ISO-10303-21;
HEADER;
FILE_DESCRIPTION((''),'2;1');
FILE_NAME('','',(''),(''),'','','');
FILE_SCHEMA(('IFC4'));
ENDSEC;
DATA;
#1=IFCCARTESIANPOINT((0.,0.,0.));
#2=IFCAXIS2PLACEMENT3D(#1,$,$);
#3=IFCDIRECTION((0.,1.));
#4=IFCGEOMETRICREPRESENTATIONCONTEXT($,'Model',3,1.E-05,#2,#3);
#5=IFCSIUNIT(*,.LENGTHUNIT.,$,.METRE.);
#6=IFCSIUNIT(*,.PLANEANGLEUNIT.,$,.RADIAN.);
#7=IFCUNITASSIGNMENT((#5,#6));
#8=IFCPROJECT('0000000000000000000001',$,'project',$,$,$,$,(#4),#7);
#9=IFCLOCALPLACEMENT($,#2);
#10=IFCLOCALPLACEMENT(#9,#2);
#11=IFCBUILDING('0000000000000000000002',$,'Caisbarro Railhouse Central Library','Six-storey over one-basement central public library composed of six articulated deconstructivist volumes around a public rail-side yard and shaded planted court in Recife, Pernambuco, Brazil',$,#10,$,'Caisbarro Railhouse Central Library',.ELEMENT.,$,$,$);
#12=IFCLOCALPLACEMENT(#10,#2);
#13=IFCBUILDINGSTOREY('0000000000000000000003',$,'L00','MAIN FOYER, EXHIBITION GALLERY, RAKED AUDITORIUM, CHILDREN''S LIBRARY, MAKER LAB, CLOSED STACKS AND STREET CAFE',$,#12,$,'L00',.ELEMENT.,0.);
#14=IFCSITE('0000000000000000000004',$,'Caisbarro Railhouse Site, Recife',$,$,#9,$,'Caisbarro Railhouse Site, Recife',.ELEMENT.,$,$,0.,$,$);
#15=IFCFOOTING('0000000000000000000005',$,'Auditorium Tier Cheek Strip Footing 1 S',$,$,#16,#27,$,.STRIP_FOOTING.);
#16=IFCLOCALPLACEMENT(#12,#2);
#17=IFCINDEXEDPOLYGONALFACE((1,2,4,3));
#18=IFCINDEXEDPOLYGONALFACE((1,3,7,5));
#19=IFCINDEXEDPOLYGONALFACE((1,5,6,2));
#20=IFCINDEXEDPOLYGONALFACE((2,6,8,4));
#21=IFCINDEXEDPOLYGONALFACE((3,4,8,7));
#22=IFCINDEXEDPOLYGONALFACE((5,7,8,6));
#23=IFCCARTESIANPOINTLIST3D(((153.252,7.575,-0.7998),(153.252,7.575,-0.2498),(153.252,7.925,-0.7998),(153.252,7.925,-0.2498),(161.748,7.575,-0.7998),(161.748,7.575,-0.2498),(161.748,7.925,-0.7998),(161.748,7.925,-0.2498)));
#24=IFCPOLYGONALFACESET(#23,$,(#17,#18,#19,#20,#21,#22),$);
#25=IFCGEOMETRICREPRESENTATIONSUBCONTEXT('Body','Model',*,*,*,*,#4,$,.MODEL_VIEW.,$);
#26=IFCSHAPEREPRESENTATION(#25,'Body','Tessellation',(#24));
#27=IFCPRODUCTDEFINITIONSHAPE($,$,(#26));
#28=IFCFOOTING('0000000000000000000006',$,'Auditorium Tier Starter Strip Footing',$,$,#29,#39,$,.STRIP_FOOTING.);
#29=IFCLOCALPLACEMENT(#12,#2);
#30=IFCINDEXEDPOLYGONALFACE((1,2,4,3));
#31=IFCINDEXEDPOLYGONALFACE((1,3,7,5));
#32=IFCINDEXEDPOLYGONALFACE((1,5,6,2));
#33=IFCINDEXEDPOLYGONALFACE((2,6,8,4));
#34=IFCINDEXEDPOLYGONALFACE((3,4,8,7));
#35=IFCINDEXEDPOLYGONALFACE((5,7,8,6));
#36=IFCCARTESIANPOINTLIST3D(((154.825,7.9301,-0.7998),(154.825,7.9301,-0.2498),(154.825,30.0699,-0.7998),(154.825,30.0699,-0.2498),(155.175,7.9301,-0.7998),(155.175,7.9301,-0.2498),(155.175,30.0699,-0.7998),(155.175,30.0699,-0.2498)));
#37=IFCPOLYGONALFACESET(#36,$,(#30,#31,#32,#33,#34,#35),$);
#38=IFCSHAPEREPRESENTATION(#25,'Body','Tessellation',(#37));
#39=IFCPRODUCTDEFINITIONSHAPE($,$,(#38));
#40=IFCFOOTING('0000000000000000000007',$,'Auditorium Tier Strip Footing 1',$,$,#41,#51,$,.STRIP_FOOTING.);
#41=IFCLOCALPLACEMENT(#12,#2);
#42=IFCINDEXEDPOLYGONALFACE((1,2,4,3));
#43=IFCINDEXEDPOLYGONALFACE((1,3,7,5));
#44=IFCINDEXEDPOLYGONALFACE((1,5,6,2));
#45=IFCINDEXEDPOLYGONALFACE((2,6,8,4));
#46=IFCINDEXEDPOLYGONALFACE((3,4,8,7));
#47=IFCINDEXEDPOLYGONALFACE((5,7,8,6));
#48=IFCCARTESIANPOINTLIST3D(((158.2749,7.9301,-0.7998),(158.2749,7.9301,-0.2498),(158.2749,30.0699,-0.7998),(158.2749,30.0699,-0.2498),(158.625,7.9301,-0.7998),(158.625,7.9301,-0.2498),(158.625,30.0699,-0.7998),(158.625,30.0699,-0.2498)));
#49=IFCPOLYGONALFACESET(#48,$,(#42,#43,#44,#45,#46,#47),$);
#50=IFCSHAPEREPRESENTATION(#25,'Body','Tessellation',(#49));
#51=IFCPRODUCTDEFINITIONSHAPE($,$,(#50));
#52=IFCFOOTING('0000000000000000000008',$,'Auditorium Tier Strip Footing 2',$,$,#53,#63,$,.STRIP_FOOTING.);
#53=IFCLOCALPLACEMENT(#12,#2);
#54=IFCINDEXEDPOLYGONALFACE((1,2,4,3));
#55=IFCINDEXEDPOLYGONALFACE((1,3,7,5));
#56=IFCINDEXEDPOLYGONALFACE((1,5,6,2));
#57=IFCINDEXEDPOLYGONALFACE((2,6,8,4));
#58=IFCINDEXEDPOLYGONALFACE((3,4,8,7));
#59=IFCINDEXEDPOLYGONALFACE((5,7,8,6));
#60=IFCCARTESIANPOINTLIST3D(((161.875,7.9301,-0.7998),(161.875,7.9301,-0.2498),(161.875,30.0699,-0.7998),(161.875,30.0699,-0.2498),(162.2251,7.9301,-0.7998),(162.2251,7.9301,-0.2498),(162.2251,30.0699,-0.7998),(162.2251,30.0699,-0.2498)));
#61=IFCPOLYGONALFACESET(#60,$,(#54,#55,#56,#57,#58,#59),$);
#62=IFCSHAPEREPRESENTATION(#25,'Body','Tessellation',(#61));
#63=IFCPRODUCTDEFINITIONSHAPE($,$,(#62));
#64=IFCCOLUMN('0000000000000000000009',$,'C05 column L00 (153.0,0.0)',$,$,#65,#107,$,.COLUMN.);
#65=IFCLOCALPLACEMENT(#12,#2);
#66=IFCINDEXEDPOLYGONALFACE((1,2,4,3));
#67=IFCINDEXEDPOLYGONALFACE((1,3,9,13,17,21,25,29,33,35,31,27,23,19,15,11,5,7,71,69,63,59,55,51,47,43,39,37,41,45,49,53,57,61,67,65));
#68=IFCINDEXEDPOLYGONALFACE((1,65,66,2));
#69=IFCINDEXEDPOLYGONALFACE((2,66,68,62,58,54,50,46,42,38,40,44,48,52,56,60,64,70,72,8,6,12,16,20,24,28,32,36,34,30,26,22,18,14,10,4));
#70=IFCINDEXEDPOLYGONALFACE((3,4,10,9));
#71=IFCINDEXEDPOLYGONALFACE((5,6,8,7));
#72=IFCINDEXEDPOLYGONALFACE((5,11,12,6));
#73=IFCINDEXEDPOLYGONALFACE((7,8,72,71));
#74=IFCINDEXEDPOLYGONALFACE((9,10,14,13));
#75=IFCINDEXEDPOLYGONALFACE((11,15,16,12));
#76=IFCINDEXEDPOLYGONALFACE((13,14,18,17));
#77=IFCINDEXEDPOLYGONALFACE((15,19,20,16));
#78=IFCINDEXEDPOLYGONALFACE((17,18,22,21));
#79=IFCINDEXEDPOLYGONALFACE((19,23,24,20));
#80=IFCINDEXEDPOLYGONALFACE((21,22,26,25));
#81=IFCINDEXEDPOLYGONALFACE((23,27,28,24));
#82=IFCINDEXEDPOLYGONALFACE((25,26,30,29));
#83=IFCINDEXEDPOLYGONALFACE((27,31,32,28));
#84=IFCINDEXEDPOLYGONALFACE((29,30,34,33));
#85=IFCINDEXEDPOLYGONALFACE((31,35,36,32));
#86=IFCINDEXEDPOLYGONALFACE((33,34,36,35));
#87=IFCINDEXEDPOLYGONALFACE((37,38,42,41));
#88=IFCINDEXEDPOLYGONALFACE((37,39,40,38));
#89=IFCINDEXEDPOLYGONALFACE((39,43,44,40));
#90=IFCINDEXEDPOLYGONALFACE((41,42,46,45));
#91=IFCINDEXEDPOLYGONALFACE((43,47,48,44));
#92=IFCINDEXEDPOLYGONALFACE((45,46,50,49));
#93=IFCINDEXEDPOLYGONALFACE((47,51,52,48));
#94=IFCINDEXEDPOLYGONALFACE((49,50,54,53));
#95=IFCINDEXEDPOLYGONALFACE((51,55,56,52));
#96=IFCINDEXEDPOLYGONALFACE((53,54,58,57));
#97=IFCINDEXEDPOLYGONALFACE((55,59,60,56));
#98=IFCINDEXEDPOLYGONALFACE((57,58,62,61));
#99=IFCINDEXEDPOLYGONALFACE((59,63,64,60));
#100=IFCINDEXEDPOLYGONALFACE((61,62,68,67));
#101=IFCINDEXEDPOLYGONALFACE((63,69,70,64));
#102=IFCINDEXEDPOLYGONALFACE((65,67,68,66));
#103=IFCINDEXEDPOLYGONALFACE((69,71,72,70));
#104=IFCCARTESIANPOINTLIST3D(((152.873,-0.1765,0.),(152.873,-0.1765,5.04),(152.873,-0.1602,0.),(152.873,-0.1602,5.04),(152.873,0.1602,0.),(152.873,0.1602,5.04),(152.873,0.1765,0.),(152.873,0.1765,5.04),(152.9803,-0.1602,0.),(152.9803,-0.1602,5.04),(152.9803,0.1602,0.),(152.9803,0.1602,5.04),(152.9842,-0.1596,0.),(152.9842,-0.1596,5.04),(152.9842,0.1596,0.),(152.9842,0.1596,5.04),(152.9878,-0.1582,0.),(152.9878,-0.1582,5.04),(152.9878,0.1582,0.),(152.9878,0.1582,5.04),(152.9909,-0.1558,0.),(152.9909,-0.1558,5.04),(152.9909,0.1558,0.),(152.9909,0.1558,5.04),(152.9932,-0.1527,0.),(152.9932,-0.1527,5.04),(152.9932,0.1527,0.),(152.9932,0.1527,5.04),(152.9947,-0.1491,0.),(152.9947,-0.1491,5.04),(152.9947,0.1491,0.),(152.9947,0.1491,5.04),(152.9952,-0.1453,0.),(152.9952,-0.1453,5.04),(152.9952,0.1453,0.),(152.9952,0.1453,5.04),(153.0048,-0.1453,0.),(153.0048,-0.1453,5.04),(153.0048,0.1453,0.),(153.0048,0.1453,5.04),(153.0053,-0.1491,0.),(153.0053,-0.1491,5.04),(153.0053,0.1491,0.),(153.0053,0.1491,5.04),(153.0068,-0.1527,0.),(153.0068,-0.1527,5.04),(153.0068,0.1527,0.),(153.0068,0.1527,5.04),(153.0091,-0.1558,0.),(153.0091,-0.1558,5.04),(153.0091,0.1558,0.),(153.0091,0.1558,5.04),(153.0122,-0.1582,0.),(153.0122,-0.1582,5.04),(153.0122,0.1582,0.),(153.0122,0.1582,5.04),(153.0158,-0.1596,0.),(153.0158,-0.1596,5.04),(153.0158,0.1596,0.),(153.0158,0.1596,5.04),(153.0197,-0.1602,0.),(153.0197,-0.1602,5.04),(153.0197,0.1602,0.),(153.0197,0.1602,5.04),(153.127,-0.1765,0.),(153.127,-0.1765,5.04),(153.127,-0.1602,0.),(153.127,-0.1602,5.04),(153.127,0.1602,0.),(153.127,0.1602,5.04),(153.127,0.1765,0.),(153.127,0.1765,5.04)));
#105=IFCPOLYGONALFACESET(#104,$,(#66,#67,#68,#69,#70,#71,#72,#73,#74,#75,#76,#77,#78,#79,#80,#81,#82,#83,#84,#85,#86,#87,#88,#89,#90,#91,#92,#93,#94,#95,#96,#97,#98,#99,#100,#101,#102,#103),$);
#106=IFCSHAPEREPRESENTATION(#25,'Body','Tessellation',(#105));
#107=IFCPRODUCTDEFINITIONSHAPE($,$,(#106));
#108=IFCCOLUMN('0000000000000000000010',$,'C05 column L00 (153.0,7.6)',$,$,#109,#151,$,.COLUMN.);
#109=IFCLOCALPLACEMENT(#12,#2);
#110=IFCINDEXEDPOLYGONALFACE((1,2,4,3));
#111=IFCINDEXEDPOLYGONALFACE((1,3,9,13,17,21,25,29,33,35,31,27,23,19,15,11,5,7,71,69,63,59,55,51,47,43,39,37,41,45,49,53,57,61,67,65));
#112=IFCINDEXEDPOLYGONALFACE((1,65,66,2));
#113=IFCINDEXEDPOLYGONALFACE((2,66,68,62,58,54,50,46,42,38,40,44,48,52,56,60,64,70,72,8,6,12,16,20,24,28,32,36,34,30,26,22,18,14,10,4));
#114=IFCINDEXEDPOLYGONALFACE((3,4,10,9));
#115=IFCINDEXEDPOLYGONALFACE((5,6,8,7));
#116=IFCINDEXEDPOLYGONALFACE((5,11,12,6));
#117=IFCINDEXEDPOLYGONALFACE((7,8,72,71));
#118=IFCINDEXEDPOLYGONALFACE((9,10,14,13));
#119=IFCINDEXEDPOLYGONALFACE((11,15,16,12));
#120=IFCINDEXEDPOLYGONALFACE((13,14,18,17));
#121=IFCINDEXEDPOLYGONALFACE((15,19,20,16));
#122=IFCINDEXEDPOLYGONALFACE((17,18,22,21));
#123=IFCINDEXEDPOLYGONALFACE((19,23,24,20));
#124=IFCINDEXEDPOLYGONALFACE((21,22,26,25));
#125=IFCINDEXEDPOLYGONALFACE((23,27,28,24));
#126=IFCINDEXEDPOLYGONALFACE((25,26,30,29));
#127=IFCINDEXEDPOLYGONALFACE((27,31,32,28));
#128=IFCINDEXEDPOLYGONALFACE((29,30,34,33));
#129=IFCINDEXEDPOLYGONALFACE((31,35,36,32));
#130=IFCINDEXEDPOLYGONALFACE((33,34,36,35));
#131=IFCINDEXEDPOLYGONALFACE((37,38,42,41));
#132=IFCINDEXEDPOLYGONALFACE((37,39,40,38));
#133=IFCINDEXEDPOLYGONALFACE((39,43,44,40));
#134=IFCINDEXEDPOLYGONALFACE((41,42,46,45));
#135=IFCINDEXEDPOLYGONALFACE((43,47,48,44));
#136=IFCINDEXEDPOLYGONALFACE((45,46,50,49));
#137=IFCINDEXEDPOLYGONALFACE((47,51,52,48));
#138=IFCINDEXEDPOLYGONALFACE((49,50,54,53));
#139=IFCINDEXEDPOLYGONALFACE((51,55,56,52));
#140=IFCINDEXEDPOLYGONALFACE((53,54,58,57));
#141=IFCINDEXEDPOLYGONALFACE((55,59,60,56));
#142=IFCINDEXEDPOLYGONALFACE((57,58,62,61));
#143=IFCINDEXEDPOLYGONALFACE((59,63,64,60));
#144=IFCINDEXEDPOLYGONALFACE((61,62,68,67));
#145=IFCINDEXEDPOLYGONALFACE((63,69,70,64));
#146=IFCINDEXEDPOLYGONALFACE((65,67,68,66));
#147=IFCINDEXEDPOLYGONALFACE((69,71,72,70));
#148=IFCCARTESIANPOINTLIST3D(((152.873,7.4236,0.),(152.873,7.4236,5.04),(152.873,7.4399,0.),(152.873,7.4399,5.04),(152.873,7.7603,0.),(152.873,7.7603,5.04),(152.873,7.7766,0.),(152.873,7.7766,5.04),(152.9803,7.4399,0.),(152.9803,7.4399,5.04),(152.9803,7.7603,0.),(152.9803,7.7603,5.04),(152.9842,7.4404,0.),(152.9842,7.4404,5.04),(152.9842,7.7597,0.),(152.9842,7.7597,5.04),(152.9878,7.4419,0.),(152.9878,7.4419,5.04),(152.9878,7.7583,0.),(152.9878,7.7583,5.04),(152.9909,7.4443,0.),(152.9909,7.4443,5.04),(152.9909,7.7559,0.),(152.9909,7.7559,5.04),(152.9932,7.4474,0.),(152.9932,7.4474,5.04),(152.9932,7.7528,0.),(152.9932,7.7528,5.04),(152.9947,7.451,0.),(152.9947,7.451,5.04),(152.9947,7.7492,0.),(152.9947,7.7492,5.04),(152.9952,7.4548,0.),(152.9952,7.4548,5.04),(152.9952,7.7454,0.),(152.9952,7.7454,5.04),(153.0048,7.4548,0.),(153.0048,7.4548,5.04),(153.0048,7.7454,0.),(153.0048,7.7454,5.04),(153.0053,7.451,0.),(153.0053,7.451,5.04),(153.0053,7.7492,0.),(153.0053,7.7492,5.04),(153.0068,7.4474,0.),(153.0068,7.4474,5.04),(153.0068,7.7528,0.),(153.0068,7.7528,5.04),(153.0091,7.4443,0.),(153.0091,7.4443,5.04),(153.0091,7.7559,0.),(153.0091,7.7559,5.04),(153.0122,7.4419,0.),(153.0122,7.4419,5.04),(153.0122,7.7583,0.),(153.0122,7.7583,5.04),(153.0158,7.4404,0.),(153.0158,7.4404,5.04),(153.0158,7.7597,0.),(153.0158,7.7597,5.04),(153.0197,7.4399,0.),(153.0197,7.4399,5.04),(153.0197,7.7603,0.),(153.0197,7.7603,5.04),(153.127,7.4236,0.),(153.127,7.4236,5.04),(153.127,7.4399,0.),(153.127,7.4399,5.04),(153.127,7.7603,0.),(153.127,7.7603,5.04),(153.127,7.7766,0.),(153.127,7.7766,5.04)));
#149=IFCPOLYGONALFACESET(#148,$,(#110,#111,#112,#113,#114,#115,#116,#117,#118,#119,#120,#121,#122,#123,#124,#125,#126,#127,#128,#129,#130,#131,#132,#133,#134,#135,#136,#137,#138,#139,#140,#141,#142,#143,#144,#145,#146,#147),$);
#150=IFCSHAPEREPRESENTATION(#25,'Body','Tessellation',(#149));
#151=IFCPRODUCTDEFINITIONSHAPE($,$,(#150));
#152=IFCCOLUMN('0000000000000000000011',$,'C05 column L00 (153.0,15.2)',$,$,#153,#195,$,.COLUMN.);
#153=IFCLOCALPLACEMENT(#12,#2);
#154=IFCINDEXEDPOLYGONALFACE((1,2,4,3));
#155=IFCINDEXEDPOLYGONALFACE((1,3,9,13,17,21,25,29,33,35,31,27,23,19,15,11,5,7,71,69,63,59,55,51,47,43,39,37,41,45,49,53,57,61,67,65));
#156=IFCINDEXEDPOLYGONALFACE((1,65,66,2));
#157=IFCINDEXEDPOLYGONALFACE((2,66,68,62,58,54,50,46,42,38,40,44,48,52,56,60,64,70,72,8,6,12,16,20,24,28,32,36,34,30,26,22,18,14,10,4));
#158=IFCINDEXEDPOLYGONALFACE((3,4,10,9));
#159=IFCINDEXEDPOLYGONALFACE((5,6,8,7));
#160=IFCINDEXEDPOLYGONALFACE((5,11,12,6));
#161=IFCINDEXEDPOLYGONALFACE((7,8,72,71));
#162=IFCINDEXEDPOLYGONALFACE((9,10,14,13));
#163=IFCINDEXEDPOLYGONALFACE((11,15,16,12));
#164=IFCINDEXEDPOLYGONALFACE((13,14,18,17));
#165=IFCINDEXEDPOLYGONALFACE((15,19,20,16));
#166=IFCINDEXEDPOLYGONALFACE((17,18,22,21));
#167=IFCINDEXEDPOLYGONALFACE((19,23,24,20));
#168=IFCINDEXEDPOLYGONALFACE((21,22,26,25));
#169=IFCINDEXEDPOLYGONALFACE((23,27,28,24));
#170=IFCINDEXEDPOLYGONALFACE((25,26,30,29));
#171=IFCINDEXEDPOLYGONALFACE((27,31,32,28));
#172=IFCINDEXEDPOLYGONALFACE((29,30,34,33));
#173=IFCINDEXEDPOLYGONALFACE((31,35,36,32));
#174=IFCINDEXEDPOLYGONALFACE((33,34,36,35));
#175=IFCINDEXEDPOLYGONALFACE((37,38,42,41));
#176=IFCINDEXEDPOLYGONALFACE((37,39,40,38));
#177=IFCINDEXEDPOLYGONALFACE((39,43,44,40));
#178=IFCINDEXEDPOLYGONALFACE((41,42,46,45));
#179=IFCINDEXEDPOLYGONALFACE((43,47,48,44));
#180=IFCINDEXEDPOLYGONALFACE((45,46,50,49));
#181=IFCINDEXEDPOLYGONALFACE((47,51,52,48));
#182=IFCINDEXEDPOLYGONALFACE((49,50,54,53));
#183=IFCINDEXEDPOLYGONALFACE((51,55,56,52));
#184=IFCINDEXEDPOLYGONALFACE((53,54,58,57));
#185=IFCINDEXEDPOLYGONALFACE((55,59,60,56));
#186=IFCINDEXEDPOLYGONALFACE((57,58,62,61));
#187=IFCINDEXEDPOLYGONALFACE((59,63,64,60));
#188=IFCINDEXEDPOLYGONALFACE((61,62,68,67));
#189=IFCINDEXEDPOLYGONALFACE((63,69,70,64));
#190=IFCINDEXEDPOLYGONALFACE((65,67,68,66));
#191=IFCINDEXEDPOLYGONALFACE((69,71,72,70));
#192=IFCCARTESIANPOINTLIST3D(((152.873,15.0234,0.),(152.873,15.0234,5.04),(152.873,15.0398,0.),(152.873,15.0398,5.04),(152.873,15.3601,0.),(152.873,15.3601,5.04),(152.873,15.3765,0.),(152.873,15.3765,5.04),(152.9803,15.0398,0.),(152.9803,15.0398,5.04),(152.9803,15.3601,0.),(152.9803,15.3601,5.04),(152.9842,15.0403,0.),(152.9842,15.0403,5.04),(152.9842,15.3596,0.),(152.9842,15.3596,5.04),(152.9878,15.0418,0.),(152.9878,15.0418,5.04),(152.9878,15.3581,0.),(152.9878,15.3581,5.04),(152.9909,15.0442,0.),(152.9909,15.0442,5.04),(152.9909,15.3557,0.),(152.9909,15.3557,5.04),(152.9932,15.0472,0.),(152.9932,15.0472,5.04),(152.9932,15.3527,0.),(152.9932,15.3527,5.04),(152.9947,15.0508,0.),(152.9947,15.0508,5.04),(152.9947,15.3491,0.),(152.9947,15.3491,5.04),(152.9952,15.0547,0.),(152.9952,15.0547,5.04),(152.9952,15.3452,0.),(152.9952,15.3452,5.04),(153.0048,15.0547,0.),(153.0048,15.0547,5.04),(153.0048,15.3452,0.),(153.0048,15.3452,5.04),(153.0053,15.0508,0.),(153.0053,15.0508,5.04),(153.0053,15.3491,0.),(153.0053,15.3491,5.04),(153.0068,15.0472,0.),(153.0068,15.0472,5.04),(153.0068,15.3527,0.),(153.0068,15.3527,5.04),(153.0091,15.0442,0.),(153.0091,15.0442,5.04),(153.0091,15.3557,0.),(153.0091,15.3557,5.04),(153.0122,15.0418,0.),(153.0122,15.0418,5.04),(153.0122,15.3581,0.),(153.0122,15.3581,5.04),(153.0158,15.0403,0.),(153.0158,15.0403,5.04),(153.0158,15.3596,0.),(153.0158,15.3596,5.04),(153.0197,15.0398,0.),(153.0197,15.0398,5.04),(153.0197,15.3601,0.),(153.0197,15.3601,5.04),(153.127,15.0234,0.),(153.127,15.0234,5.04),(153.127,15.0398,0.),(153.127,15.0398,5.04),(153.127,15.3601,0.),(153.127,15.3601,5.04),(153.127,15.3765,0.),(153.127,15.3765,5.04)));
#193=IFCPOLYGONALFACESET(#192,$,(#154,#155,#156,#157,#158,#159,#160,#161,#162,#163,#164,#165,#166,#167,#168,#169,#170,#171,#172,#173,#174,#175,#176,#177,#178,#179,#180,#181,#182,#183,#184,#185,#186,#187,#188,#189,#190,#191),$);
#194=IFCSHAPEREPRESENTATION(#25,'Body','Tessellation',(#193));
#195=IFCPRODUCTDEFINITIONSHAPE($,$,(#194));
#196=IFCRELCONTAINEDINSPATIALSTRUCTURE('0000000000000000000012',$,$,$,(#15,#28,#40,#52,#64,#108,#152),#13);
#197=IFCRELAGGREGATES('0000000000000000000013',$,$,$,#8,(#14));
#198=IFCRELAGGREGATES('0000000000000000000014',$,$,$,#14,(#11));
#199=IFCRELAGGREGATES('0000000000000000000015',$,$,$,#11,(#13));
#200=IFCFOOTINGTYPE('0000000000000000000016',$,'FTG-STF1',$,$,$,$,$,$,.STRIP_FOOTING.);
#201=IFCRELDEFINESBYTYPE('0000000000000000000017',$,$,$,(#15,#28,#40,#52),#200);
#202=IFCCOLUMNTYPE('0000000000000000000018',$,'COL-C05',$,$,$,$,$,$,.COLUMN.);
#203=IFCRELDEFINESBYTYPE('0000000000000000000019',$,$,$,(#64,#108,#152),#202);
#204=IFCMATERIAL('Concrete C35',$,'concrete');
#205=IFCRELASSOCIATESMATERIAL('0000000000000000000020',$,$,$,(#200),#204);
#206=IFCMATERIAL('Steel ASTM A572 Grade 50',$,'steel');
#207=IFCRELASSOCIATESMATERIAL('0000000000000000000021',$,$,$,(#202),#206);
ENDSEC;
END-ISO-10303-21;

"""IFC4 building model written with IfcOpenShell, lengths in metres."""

from ifc_helpers import new_model, si_unit, direction, frame, origin, origin_2d, place, context, subcontext, project, spatial, rectangle, i_section, extrude, material, material_profile, profile_set, type_object, element, save


model = new_model("IFC4")

# Units and contexts
model_context = context("Model", 3, precision=1e-05, world=origin(), true_north=direction((0.0, 1.0)))
body_context = subcontext(model_context, "Body", "Model", "MODEL_VIEW")
ifc_project = project(units=[si_unit("LENGTHUNIT", "METRE"), si_unit("PLANEANGLEUNIT", "RADIAN")], contexts=[model_context])

# Site, building, storey
site_placement = place(None, origin())
site = spatial("IfcSite", under=ifc_project, at=site_placement, Name="Caisbarro Railhouse Site, Recife", LongName="Caisbarro Railhouse Site, Recife", CompositionType="ELEMENT", RefElevation=0.0)
building_placement = place(site_placement, origin())
building = spatial("IfcBuilding", under=site, at=building_placement, Name="Caisbarro Railhouse Central Library", Description="Six-storey over one-basement central public library composed of six articulated deconstructivist volumes around a public rail-side yard and shaded planted court in Recife, Pernambuco, Brazil", LongName="Caisbarro Railhouse Central Library", CompositionType="ELEMENT")
storey_placement = place(building_placement, origin())
storey = spatial("IfcBuildingStorey", under=building, at=storey_placement, Name="L00", Description="MAIN FOYER, EXHIBITION GALLERY, RAKED AUDITORIUM, CHILDREN'S LIBRARY, MAKER LAB, CLOSED STACKS AND STREET CAFE", LongName="L00", CompositionType="ELEMENT", Elevation=0.0)

# Footings
ifc_material_1 = material(Name="Concrete C35", Category="concrete")
footing_type = type_object("IfcFootingType", Name="FTG-STF1", PredefinedType="STRIP_FOOTING", material=ifc_material_1)
footing_placement = place(storey_placement, frame((157.5, 7.75, -0.7998), z_axis=(0.0, 0.0, 1.0), x_axis=(1.0, 0.0, 0.0)))
element("IfcFooting", 1, at=footing_placement, inside=storey, type_object=footing_type, Name="Auditorium Tier Cheek Strip Footing 1 S", PredefinedType="STRIP_FOOTING", context=body_context, shape_type="SweptSolid", body=[
    extrude(rectangle(XDim=8.4961, YDim=0.3501, at=origin_2d()), origin(), (0.0, 0.0, 1.0), 0.55),
])
for number, where, z_axis, x_axis, name in (
    (2, (155.0, 19.0, -0.7998), (0.0, 0.0, 1.0), (0.0, 1.0, 0.0), "Auditorium Tier Starter Strip Footing"),
    (3, (158.45, 19.0, -0.7998), (0.0, 0.0, 1.0), (0.0, 1.0, 0.0), "Auditorium Tier Strip Footing 1"),
    (4, (162.05, 19.0, -0.7998), (0.0, 0.0, 1.0), (0.0, 1.0, 0.0), "Auditorium Tier Strip Footing 2"),
):
    element("IfcFooting", number, at=place(storey_placement, frame(where, z_axis=z_axis, x_axis=x_axis)), inside=storey, type_object=footing_type, Name=name, PredefinedType="STRIP_FOOTING", context=body_context, shape_type="SweptSolid", body=[
        extrude(rectangle(XDim=22.1399, YDim=0.3501, at=origin_2d()), origin(), (0.0, 0.0, 1.0), 0.55),
    ])

# Columns
ifc_material_2 = material(Name="Steel ASTM A572 Grade 50", Category="steel")
ifc_material_profile_1 = material_profile(ifc_material_2, i_section(OverallWidth=0.2539, OverallDepth=0.353, WebThickness=0.0095, FlangeThickness=0.0164, FilletRadius=0.0149, at=origin_2d()), Name="W360X91.0")
ifc_profile_set_1 = profile_set([ifc_material_profile_1], Name="Steel ASTM A572 Grade 50")
column_type = type_object("IfcColumnType", Name="COL-C05", PredefinedType="COLUMN", material=ifc_profile_set_1)
for number, where, z_axis, x_axis, name in (
    (5, (153.0, 0.0, 0.0), (0.0, 0.0, 1.0), (1.0, 0.0, 0.0), "C05 column L00 (153.0,0.0)"),
    (6, (153.0, 7.6001, 0.0), (0.0, 0.0, 1.0), (1.0, 0.0, 0.0), "C05 column L00 (153.0,7.6)"),
    (7, (153.0, 15.2, 0.0), (0.0, 0.0, 1.0), (1.0, 0.0, 0.0), "C05 column L00 (153.0,15.2)"),
):
    element("IfcColumn", number, at=place(storey_placement, frame(where, z_axis=z_axis, x_axis=x_axis)), inside=storey, type_object=column_type, Name=name, PredefinedType="COLUMN", context=body_context, shape_type="SweptSolid", body=[
        extrude(i_section(OverallWidth=0.2539, OverallDepth=0.353, WebThickness=0.0095, FlangeThickness=0.0164, FilletRadius=0.0149, at=origin_2d()), origin(), (0.0, 0.0, 1.0), 5.04),
    ])

save(model, "model.ifc")
